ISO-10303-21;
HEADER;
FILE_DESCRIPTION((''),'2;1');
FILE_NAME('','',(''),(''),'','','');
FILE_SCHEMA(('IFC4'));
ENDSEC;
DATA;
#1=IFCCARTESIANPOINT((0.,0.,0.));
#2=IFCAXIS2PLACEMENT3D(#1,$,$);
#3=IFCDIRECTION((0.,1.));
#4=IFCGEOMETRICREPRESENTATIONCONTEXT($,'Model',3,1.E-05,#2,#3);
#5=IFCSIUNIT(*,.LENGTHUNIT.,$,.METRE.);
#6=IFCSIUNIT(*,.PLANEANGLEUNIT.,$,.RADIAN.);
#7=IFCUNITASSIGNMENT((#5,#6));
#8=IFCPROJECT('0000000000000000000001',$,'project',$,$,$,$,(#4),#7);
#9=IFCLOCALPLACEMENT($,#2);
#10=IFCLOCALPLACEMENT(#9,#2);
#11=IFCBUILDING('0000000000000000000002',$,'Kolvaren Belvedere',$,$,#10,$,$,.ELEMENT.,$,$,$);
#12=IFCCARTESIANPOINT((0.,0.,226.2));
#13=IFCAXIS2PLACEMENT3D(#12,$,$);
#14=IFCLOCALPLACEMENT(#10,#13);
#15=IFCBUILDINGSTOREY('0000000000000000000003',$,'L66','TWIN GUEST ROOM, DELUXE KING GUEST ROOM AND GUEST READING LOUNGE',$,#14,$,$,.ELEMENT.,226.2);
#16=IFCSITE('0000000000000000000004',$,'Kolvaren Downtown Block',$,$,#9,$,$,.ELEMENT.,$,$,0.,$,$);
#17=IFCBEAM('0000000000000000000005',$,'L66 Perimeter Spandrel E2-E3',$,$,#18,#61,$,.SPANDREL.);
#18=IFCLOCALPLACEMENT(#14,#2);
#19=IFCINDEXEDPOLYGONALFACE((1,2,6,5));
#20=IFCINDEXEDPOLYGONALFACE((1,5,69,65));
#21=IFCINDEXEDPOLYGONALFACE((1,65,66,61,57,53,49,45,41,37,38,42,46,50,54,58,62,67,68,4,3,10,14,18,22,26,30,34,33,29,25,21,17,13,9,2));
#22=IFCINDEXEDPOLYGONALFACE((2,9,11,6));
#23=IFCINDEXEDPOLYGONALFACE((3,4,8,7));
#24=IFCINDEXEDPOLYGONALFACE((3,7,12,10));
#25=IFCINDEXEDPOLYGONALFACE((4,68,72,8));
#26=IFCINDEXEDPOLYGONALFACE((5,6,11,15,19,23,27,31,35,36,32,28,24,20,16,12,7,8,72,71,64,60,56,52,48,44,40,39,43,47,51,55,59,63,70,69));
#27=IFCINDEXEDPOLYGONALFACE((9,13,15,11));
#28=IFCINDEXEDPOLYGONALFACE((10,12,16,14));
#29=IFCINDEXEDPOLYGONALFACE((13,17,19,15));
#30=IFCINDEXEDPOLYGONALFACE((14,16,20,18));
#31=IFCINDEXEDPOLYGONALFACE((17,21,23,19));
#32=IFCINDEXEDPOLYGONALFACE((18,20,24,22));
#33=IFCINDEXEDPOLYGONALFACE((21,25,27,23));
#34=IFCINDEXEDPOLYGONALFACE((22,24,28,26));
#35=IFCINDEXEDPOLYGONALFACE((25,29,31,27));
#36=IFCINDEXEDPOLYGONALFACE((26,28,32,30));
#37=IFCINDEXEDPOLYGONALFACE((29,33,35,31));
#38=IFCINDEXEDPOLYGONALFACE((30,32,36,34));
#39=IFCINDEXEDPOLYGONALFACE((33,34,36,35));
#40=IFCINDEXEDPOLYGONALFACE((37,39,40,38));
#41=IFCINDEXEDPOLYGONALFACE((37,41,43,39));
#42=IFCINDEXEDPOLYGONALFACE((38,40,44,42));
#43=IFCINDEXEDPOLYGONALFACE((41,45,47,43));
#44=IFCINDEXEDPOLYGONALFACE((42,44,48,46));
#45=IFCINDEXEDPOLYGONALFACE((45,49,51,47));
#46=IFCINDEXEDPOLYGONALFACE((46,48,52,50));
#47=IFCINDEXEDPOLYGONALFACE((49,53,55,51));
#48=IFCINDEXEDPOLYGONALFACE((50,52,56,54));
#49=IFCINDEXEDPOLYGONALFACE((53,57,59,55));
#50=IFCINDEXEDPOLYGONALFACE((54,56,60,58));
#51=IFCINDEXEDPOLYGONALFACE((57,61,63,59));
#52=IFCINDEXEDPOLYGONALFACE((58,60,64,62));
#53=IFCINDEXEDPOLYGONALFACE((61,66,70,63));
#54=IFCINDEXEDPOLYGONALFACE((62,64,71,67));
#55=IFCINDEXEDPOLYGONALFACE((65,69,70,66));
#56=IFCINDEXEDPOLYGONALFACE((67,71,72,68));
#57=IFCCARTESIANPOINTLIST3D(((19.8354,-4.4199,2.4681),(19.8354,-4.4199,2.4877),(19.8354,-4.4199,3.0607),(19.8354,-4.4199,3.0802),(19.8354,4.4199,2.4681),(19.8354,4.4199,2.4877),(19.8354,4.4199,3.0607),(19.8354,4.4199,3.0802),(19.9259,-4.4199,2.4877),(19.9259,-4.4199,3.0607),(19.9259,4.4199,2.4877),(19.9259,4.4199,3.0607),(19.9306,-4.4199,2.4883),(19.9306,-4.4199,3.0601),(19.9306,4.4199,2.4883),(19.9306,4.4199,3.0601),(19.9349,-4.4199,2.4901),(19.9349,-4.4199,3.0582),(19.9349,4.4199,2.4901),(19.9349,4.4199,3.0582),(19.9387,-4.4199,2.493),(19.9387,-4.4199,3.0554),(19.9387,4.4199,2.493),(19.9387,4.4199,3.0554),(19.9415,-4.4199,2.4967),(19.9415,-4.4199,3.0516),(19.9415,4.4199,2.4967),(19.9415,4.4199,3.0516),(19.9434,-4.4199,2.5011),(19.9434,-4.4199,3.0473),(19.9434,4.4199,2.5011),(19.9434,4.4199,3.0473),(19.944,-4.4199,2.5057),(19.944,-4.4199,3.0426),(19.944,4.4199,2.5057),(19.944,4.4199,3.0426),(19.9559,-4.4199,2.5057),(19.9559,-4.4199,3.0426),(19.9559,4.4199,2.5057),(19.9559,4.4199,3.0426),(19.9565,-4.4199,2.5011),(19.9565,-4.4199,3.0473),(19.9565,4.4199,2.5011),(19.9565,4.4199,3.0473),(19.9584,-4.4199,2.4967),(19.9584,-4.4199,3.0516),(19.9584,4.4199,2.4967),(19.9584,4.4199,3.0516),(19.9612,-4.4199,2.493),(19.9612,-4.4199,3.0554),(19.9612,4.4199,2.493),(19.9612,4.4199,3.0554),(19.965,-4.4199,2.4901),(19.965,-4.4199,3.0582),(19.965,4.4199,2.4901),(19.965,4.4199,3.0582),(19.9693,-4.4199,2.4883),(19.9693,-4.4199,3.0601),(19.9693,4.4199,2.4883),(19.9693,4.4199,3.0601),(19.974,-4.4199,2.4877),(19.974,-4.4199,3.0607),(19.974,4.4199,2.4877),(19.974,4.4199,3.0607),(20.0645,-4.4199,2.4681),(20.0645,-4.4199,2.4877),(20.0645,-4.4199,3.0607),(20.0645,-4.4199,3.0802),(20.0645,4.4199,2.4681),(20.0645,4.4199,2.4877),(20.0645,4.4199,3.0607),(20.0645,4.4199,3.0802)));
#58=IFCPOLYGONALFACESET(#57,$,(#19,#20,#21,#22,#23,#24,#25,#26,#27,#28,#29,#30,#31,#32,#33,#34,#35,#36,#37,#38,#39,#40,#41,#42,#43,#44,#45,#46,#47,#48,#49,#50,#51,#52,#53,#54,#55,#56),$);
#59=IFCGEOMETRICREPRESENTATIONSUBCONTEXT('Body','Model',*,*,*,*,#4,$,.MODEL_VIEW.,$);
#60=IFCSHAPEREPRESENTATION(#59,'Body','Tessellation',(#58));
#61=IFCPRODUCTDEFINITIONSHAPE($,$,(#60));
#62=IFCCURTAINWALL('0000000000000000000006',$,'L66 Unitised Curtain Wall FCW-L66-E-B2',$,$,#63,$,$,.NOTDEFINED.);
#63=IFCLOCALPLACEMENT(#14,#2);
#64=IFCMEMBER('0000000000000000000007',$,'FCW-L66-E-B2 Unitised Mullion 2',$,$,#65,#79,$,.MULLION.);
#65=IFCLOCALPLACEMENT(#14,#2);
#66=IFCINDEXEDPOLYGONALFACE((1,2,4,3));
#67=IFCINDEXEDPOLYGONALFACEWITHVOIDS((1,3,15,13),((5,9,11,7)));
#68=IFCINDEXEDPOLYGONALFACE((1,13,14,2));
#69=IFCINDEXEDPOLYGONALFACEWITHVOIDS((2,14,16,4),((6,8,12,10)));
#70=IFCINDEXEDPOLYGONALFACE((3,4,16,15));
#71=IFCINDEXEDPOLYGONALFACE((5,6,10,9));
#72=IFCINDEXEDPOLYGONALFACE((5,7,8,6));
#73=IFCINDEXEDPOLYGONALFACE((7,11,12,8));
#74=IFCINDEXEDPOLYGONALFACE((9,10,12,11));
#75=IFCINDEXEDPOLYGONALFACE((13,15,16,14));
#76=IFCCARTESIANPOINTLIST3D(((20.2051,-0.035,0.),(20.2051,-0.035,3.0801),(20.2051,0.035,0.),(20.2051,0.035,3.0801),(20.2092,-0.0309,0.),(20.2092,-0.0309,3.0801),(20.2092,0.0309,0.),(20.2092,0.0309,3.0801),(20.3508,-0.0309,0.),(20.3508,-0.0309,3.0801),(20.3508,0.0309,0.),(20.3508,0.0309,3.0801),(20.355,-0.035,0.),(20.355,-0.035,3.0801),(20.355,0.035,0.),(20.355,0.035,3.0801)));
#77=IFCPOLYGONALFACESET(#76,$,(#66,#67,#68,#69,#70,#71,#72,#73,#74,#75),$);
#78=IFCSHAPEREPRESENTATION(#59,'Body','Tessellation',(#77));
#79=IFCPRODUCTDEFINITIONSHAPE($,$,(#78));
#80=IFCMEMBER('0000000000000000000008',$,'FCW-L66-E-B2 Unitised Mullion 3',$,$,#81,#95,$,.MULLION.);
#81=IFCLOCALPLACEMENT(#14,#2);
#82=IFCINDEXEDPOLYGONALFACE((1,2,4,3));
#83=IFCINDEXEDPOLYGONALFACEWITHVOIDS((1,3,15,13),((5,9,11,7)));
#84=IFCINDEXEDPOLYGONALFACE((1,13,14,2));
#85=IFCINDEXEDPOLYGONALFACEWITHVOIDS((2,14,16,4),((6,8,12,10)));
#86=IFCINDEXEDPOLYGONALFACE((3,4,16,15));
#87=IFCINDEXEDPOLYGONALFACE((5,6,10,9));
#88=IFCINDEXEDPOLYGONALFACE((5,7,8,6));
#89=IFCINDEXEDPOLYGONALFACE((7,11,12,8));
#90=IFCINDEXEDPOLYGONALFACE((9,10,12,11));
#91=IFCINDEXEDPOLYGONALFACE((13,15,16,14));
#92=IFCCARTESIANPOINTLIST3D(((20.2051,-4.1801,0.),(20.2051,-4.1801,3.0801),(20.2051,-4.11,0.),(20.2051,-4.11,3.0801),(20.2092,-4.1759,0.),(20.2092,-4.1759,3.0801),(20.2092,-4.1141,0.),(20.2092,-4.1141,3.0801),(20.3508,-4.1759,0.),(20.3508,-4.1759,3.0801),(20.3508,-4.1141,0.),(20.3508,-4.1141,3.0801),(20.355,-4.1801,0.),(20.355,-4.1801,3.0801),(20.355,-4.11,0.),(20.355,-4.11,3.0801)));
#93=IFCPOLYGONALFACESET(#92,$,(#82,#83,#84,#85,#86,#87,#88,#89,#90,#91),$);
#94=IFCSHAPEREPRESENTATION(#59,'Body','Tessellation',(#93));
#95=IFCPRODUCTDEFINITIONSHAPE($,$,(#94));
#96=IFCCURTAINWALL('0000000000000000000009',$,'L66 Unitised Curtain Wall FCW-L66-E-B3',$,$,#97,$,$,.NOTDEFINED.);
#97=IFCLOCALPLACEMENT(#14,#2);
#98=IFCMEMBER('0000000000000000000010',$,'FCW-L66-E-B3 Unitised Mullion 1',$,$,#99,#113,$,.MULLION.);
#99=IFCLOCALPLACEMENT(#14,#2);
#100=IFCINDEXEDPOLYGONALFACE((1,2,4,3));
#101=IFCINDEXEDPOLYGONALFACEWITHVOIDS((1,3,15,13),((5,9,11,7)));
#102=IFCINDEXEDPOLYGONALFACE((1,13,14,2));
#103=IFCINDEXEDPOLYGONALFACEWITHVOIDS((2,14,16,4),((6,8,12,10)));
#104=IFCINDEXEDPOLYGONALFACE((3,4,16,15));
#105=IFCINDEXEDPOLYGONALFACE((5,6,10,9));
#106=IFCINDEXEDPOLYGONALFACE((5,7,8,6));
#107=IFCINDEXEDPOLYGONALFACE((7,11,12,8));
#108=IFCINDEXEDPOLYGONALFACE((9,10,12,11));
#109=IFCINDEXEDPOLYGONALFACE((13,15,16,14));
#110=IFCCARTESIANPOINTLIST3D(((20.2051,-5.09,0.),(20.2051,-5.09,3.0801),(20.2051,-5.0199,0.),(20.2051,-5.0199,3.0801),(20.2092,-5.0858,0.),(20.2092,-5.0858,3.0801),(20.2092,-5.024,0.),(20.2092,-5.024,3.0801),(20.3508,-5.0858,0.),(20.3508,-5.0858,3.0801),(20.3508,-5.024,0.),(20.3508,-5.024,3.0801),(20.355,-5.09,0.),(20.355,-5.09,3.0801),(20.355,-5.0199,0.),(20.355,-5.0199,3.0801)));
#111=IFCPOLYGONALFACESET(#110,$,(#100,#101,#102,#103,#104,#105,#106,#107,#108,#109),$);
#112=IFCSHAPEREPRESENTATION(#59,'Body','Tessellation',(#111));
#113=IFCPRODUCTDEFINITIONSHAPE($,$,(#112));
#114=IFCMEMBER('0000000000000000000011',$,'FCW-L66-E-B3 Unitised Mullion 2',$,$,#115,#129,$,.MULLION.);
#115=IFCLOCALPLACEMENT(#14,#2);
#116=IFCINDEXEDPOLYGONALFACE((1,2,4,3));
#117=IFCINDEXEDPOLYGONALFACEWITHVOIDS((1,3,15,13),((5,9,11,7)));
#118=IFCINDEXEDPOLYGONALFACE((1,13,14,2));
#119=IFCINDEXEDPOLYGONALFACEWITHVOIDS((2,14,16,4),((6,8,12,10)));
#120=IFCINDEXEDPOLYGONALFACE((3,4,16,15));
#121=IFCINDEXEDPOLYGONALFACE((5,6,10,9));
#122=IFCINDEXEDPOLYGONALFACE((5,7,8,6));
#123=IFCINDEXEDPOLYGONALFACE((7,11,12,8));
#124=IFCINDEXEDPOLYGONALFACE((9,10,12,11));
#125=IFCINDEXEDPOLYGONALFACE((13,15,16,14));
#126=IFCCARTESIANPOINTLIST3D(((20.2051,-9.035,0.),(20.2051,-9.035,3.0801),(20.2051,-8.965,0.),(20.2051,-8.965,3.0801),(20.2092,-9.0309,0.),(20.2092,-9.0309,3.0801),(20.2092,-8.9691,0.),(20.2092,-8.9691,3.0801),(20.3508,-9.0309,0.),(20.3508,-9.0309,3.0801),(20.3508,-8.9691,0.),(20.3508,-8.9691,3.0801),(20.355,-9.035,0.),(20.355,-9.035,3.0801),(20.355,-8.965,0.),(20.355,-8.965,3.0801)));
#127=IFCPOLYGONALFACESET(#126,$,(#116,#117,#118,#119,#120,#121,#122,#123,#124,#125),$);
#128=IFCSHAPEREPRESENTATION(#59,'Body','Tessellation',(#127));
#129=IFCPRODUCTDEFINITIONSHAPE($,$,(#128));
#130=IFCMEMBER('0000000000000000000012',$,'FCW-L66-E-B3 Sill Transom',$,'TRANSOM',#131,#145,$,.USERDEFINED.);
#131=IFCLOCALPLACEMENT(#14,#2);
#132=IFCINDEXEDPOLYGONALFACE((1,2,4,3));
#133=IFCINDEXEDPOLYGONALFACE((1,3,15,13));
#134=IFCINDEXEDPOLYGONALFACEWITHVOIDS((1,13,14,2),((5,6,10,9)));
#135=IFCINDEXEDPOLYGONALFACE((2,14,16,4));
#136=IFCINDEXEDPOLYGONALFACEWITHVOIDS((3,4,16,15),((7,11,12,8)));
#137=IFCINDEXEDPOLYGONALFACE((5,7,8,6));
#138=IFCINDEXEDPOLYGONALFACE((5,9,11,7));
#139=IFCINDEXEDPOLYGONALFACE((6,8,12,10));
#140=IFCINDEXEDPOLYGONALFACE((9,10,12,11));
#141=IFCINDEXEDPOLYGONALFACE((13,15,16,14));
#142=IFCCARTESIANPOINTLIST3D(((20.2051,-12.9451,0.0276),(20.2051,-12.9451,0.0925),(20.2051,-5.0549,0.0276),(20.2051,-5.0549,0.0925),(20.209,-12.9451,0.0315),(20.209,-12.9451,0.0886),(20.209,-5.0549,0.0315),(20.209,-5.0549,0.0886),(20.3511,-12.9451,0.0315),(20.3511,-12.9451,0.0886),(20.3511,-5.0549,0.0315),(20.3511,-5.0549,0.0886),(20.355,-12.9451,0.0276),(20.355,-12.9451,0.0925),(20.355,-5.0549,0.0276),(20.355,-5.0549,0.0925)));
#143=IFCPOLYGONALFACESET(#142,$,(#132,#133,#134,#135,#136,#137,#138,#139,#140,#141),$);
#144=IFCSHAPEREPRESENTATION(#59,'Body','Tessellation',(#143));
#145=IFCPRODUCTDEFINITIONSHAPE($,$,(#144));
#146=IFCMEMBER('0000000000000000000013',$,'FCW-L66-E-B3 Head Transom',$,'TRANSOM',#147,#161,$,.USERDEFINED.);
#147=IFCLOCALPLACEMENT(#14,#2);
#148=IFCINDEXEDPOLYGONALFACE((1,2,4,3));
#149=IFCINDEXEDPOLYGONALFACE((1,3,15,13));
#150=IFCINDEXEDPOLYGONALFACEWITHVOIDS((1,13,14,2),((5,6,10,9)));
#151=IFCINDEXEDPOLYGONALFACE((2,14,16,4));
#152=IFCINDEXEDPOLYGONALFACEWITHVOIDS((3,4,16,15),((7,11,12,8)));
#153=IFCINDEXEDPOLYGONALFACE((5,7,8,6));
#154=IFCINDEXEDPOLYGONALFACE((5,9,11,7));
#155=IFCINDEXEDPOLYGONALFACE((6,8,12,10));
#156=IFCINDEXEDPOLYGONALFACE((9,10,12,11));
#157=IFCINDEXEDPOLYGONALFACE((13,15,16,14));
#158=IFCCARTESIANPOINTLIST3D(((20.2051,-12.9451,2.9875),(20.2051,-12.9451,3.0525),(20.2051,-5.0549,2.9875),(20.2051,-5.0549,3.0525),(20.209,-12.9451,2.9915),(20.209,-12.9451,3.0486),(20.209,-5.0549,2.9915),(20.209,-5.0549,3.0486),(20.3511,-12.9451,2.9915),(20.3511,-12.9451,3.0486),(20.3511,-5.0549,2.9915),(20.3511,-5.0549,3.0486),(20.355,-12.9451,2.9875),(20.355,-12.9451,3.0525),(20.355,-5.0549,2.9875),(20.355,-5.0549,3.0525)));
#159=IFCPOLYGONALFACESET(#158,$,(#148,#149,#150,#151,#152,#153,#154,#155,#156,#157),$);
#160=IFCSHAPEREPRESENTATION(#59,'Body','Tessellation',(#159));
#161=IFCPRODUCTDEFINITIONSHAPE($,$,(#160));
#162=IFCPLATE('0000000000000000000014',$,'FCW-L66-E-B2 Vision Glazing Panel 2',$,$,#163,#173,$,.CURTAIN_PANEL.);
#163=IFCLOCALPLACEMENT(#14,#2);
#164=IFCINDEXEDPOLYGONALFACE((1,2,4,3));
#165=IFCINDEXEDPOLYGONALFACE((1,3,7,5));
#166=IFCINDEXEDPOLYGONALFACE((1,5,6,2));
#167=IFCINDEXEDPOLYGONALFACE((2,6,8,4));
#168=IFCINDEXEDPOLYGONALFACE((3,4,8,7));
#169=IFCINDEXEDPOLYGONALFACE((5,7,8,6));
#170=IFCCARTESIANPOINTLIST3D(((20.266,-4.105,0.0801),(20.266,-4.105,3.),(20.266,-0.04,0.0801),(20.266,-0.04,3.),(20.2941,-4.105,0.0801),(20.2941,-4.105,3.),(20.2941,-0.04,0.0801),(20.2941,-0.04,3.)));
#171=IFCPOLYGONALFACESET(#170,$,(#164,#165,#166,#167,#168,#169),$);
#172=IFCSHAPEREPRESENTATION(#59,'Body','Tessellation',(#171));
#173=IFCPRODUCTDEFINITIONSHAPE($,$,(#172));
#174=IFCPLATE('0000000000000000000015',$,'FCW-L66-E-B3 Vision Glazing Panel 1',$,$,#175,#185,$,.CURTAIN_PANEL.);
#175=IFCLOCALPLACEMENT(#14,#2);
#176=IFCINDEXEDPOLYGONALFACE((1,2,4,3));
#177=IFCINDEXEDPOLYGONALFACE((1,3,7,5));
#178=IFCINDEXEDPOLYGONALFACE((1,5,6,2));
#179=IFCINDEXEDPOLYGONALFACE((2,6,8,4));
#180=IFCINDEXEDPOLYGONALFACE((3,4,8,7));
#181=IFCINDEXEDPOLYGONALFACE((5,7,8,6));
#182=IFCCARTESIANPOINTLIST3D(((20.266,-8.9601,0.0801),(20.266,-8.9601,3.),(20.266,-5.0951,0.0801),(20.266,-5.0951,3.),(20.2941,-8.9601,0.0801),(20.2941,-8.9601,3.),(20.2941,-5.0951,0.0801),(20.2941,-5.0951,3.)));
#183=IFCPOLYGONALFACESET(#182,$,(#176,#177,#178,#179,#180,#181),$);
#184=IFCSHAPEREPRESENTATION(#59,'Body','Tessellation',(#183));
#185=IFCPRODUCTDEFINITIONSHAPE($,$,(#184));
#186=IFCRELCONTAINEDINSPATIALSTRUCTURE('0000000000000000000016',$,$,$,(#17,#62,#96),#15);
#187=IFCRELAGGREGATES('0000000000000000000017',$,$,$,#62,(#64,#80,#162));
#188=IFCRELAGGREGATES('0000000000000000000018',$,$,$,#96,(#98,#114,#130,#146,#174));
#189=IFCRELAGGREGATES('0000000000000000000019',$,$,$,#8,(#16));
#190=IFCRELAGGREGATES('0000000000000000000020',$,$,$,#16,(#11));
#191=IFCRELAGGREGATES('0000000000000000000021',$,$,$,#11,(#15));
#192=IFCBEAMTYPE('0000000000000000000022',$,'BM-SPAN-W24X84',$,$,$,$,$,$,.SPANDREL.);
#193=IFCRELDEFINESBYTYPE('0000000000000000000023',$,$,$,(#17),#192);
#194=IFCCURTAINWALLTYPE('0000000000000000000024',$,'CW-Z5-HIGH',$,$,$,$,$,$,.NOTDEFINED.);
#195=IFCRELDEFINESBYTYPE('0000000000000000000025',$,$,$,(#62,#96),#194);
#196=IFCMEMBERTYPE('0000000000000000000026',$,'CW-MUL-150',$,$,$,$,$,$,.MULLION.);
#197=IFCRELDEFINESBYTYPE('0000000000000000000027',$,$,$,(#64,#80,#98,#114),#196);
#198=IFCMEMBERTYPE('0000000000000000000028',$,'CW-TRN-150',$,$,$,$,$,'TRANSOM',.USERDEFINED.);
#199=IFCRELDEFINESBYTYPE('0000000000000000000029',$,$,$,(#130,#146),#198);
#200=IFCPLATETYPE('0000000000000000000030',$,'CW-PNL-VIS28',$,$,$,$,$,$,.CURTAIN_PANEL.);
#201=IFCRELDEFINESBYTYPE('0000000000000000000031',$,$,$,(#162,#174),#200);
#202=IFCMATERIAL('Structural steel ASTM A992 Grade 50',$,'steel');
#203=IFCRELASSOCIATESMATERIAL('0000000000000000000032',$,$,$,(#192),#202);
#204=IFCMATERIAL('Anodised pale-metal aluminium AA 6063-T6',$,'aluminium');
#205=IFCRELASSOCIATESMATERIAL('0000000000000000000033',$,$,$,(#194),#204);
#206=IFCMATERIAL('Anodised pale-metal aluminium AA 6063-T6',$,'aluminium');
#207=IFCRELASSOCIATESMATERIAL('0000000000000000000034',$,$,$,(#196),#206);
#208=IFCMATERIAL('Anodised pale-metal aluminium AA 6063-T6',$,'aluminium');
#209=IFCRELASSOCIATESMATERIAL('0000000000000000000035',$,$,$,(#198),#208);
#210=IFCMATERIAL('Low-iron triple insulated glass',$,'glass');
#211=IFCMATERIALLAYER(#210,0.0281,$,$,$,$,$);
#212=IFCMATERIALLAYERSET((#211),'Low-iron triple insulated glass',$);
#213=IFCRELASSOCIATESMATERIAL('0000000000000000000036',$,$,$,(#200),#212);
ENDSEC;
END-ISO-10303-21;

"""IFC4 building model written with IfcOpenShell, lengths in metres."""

from ifc_helpers import new_model, si_unit, direction, frame, origin, origin_2d, place, context, subcontext, project, spatial, rectangle, hollow_rectangle, i_section, extrude, material, layer, layer_set, material_profile, profile_set, type_object, element, aggregate, save


model = new_model("IFC4")

# Units and contexts
model_context = context("Model", 3, precision=1e-05, world=origin(), true_north=direction((0.0, 1.0)))
body_context = subcontext(model_context, "Body", "Model", "MODEL_VIEW")
ifc_project = project(units=[si_unit("LENGTHUNIT", "METRE"), si_unit("PLANEANGLEUNIT", "RADIAN")], contexts=[model_context])

# Site, building, storey
site_placement = place(None, origin())
site = spatial("IfcSite", under=ifc_project, at=site_placement, Name="Kolvaren Downtown Block", CompositionType="ELEMENT", RefElevation=0.0)
building_placement = place(site_placement, origin())
building = spatial("IfcBuilding", under=site, at=building_placement, Name="Kolvaren Belvedere", CompositionType="ELEMENT")
storey_placement = place(building_placement, frame((0.0, 0.0, 226.2)))
storey = spatial("IfcBuildingStorey", under=building, at=storey_placement, Name="L66", Description="TWIN GUEST ROOM, DELUXE KING GUEST ROOM AND GUEST READING LOUNGE", CompositionType="ELEMENT", Elevation=226.2)

# Beam
ifc_material_1 = material(Name="Structural steel ASTM A992 Grade 50", Category="steel")
ifc_material_profile_1 = material_profile(ifc_material_1, i_section(OverallWidth=0.229, OverallDepth=0.6121, WebThickness=0.012, FlangeThickness=0.0195, FilletRadius=0.0181, at=origin_2d()), Name="W24X84")
ifc_profile_set_1 = profile_set([ifc_material_profile_1], Name="Structural steel ASTM A992 Grade 50")
beam_type_1 = type_object("IfcBeamType", Name="BM-SPAN-W24X84", PredefinedType="SPANDREL", material=ifc_profile_set_1)
beam_1_placement = place(storey_placement, frame((19.95, -4.4199, 2.7742), z_axis=(0.0, 1.0, 0.0), x_axis=(-1.0, 0.0, 0.0)))
element("IfcBeam", 1, at=beam_1_placement, inside=storey, type_object=beam_type_1, Name="L66 Perimeter Spandrel E2-E3", PredefinedType="SPANDREL", context=body_context, shape_type="SweptSolid", body=[
    extrude(i_section(OverallWidth=0.229, OverallDepth=0.6121, WebThickness=0.012, FlangeThickness=0.0195, FilletRadius=0.0181, at=origin_2d()), origin(), (0.0, 0.0, 1.0), 8.8398),
])

# Curtain walls, members
ifc_material_2 = material(Name="Anodised pale-metal aluminium AA 6063-T6", Category="aluminium")
curtain_wall_type = type_object("IfcCurtainWallType", Name="CW-Z5-HIGH", PredefinedType="NOTDEFINED", material=ifc_material_2)
curtain_wall_1_placement = place(storey_placement, origin())
curtain_wall_1 = element("IfcCurtainWall", 2, at=curtain_wall_1_placement, inside=storey, type_object=curtain_wall_type, Name="L66 Unitised Curtain Wall FCW-L66-E-B2", PredefinedType="NOTDEFINED")
ifc_material_3 = material(Name="Anodised pale-metal aluminium AA 6063-T6", Category="aluminium")
ifc_material_profile_2 = material_profile(ifc_material_3, hollow_rectangle(XDim=0.0701, YDim=0.1499, WallThickness=0.0042, at=origin_2d()), Name="ALU-MUL-150X70")
ifc_profile_set_2 = profile_set([ifc_material_profile_2], Name="Anodised pale-metal aluminium AA 6063-T6")
member_type_1 = type_object("IfcMemberType", Name="CW-MUL-150", PredefinedType="MULLION", material=ifc_profile_set_2)
member_1_placement = place(storey_placement, frame((20.28, 0.0, 0.0), z_axis=(0.0, 0.0, 1.0), x_axis=(0.0, 1.0, 0.0)))
member_1 = element("IfcMember", 3, at=member_1_placement, type_object=member_type_1, Name="FCW-L66-E-B2 Unitised Mullion 2", PredefinedType="MULLION", context=body_context, shape_type="SweptSolid", body=[
    extrude(hollow_rectangle(XDim=0.0701, YDim=0.1499, WallThickness=0.0042, at=origin_2d()), origin(), (0.0, 0.0, 1.0), 3.0801),
])
member_2_placement = place(storey_placement, frame((20.28, -4.145, 0.0), z_axis=(0.0, 0.0, 1.0), x_axis=(0.0, 1.0, 0.0)))
member_2 = element("IfcMember", 4, at=member_2_placement, type_object=member_type_1, Name="FCW-L66-E-B2 Unitised Mullion 3", PredefinedType="MULLION", context=body_context, shape_type="SweptSolid", body=[
    extrude(hollow_rectangle(XDim=0.0701, YDim=0.1499, WallThickness=0.0042, at=origin_2d()), origin(), (0.0, 0.0, 1.0), 3.0801),
])
curtain_wall_2_placement = place(storey_placement, origin())
curtain_wall_2 = element("IfcCurtainWall", 5, at=curtain_wall_2_placement, inside=storey, type_object=curtain_wall_type, Name="L66 Unitised Curtain Wall FCW-L66-E-B3", PredefinedType="NOTDEFINED")
member_3_placement = place(storey_placement, frame((20.28, -5.0549, 0.0), z_axis=(0.0, 0.0, 1.0), x_axis=(0.0, 1.0, 0.0)))
member_3 = element("IfcMember", 6, at=member_3_placement, type_object=member_type_1, Name="FCW-L66-E-B3 Unitised Mullion 1", PredefinedType="MULLION", context=body_context, shape_type="SweptSolid", body=[
    extrude(hollow_rectangle(XDim=0.0701, YDim=0.1499, WallThickness=0.0042, at=origin_2d()), origin(), (0.0, 0.0, 1.0), 3.0801),
])
member_4_placement = place(storey_placement, frame((20.28, -9.0, 0.0), z_axis=(0.0, 0.0, 1.0), x_axis=(0.0, 1.0, 0.0)))
member_4 = element("IfcMember", 7, at=member_4_placement, type_object=member_type_1, Name="FCW-L66-E-B3 Unitised Mullion 2", PredefinedType="MULLION", context=body_context, shape_type="SweptSolid", body=[
    extrude(hollow_rectangle(XDim=0.0701, YDim=0.1499, WallThickness=0.0042, at=origin_2d()), origin(), (0.0, 0.0, 1.0), 3.0801),
])
ifc_material_4 = material(Name="Anodised pale-metal aluminium AA 6063-T6", Category="aluminium")
ifc_material_profile_3 = material_profile(ifc_material_4, hollow_rectangle(XDim=0.0649, YDim=0.1499, WallThickness=0.0039, at=origin_2d()), Name="ALU-TRN-150X65")
ifc_profile_set_3 = profile_set([ifc_material_profile_3], Name="Anodised pale-metal aluminium AA 6063-T6")
member_type_2 = type_object("IfcMemberType", Name="CW-TRN-150", ElementType="TRANSOM", PredefinedType="USERDEFINED", material=ifc_profile_set_3)
member_5_placement = place(storey_placement, frame((20.28, -5.0549, 0.0601), z_axis=(0.0, -1.0, 0.0), x_axis=(0.0, 0.0, 1.0)))
member_5 = element("IfcMember", 8, at=member_5_placement, type_object=member_type_2, Name="FCW-L66-E-B3 Sill Transom", ObjectType="TRANSOM", PredefinedType="USERDEFINED", context=body_context, shape_type="SweptSolid", body=[
    extrude(hollow_rectangle(XDim=0.0649, YDim=0.1499, WallThickness=0.0039, at=origin_2d()), origin(), (0.0, 0.0, 1.0), 7.8901),
])
member_6_placement = place(storey_placement, frame((20.28, -5.0549, 3.02), z_axis=(0.0, -1.0, 0.0), x_axis=(0.0, 0.0, 1.0)))
member_6 = element("IfcMember", 9, at=member_6_placement, type_object=member_type_2, Name="FCW-L66-E-B3 Head Transom", ObjectType="TRANSOM", PredefinedType="USERDEFINED", context=body_context, shape_type="SweptSolid", body=[
    extrude(hollow_rectangle(XDim=0.0649, YDim=0.1499, WallThickness=0.0039, at=origin_2d()), origin(), (0.0, 0.0, 1.0), 7.8901),
])

# Plates
ifc_material_5 = material(Name="Low-iron triple insulated glass", Category="glass")
ifc_layer_1 = layer(ifc_material_5, 0.0281)
ifc_layer_set_1 = layer_set([ifc_layer_1], Name="Low-iron triple insulated glass")
plate_type_1 = type_object("IfcPlateType", Name="CW-PNL-VIS28", PredefinedType="CURTAIN_PANEL", material=ifc_layer_set_1)
plate_1_placement = place(storey_placement, frame((20.28, -2.0725, 0.0801), z_axis=(0.0, 0.0, 1.0), x_axis=(0.0, -1.0, 0.0)))
plate_1 = element("IfcPlate", 10, at=plate_1_placement, type_object=plate_type_1, Name="FCW-L66-E-B2 Vision Glazing Panel 2", PredefinedType="CURTAIN_PANEL", context=body_context, shape_type="SweptSolid", body=[
    extrude(rectangle(XDim=4.0649, YDim=0.0281, at=origin_2d()), origin(), (0.0, 0.0, 1.0), 2.9199),
])
aggregate(curtain_wall_1, [member_1, member_2, plate_1])
plate_2_placement = place(storey_placement, frame((20.28, -7.0276, 0.0801), z_axis=(0.0, 0.0, 1.0), x_axis=(0.0, -1.0, 0.0)))
plate_2 = element("IfcPlate", 11, at=plate_2_placement, type_object=plate_type_1, Name="FCW-L66-E-B3 Vision Glazing Panel 1", PredefinedType="CURTAIN_PANEL", context=body_context, shape_type="SweptSolid", body=[
    extrude(rectangle(XDim=3.865, YDim=0.0281, at=origin_2d()), origin(), (0.0, 0.0, 1.0), 2.9199),
])
aggregate(curtain_wall_2, [member_3, member_4, member_5, member_6, plate_2])

save(model, "model.ifc")
